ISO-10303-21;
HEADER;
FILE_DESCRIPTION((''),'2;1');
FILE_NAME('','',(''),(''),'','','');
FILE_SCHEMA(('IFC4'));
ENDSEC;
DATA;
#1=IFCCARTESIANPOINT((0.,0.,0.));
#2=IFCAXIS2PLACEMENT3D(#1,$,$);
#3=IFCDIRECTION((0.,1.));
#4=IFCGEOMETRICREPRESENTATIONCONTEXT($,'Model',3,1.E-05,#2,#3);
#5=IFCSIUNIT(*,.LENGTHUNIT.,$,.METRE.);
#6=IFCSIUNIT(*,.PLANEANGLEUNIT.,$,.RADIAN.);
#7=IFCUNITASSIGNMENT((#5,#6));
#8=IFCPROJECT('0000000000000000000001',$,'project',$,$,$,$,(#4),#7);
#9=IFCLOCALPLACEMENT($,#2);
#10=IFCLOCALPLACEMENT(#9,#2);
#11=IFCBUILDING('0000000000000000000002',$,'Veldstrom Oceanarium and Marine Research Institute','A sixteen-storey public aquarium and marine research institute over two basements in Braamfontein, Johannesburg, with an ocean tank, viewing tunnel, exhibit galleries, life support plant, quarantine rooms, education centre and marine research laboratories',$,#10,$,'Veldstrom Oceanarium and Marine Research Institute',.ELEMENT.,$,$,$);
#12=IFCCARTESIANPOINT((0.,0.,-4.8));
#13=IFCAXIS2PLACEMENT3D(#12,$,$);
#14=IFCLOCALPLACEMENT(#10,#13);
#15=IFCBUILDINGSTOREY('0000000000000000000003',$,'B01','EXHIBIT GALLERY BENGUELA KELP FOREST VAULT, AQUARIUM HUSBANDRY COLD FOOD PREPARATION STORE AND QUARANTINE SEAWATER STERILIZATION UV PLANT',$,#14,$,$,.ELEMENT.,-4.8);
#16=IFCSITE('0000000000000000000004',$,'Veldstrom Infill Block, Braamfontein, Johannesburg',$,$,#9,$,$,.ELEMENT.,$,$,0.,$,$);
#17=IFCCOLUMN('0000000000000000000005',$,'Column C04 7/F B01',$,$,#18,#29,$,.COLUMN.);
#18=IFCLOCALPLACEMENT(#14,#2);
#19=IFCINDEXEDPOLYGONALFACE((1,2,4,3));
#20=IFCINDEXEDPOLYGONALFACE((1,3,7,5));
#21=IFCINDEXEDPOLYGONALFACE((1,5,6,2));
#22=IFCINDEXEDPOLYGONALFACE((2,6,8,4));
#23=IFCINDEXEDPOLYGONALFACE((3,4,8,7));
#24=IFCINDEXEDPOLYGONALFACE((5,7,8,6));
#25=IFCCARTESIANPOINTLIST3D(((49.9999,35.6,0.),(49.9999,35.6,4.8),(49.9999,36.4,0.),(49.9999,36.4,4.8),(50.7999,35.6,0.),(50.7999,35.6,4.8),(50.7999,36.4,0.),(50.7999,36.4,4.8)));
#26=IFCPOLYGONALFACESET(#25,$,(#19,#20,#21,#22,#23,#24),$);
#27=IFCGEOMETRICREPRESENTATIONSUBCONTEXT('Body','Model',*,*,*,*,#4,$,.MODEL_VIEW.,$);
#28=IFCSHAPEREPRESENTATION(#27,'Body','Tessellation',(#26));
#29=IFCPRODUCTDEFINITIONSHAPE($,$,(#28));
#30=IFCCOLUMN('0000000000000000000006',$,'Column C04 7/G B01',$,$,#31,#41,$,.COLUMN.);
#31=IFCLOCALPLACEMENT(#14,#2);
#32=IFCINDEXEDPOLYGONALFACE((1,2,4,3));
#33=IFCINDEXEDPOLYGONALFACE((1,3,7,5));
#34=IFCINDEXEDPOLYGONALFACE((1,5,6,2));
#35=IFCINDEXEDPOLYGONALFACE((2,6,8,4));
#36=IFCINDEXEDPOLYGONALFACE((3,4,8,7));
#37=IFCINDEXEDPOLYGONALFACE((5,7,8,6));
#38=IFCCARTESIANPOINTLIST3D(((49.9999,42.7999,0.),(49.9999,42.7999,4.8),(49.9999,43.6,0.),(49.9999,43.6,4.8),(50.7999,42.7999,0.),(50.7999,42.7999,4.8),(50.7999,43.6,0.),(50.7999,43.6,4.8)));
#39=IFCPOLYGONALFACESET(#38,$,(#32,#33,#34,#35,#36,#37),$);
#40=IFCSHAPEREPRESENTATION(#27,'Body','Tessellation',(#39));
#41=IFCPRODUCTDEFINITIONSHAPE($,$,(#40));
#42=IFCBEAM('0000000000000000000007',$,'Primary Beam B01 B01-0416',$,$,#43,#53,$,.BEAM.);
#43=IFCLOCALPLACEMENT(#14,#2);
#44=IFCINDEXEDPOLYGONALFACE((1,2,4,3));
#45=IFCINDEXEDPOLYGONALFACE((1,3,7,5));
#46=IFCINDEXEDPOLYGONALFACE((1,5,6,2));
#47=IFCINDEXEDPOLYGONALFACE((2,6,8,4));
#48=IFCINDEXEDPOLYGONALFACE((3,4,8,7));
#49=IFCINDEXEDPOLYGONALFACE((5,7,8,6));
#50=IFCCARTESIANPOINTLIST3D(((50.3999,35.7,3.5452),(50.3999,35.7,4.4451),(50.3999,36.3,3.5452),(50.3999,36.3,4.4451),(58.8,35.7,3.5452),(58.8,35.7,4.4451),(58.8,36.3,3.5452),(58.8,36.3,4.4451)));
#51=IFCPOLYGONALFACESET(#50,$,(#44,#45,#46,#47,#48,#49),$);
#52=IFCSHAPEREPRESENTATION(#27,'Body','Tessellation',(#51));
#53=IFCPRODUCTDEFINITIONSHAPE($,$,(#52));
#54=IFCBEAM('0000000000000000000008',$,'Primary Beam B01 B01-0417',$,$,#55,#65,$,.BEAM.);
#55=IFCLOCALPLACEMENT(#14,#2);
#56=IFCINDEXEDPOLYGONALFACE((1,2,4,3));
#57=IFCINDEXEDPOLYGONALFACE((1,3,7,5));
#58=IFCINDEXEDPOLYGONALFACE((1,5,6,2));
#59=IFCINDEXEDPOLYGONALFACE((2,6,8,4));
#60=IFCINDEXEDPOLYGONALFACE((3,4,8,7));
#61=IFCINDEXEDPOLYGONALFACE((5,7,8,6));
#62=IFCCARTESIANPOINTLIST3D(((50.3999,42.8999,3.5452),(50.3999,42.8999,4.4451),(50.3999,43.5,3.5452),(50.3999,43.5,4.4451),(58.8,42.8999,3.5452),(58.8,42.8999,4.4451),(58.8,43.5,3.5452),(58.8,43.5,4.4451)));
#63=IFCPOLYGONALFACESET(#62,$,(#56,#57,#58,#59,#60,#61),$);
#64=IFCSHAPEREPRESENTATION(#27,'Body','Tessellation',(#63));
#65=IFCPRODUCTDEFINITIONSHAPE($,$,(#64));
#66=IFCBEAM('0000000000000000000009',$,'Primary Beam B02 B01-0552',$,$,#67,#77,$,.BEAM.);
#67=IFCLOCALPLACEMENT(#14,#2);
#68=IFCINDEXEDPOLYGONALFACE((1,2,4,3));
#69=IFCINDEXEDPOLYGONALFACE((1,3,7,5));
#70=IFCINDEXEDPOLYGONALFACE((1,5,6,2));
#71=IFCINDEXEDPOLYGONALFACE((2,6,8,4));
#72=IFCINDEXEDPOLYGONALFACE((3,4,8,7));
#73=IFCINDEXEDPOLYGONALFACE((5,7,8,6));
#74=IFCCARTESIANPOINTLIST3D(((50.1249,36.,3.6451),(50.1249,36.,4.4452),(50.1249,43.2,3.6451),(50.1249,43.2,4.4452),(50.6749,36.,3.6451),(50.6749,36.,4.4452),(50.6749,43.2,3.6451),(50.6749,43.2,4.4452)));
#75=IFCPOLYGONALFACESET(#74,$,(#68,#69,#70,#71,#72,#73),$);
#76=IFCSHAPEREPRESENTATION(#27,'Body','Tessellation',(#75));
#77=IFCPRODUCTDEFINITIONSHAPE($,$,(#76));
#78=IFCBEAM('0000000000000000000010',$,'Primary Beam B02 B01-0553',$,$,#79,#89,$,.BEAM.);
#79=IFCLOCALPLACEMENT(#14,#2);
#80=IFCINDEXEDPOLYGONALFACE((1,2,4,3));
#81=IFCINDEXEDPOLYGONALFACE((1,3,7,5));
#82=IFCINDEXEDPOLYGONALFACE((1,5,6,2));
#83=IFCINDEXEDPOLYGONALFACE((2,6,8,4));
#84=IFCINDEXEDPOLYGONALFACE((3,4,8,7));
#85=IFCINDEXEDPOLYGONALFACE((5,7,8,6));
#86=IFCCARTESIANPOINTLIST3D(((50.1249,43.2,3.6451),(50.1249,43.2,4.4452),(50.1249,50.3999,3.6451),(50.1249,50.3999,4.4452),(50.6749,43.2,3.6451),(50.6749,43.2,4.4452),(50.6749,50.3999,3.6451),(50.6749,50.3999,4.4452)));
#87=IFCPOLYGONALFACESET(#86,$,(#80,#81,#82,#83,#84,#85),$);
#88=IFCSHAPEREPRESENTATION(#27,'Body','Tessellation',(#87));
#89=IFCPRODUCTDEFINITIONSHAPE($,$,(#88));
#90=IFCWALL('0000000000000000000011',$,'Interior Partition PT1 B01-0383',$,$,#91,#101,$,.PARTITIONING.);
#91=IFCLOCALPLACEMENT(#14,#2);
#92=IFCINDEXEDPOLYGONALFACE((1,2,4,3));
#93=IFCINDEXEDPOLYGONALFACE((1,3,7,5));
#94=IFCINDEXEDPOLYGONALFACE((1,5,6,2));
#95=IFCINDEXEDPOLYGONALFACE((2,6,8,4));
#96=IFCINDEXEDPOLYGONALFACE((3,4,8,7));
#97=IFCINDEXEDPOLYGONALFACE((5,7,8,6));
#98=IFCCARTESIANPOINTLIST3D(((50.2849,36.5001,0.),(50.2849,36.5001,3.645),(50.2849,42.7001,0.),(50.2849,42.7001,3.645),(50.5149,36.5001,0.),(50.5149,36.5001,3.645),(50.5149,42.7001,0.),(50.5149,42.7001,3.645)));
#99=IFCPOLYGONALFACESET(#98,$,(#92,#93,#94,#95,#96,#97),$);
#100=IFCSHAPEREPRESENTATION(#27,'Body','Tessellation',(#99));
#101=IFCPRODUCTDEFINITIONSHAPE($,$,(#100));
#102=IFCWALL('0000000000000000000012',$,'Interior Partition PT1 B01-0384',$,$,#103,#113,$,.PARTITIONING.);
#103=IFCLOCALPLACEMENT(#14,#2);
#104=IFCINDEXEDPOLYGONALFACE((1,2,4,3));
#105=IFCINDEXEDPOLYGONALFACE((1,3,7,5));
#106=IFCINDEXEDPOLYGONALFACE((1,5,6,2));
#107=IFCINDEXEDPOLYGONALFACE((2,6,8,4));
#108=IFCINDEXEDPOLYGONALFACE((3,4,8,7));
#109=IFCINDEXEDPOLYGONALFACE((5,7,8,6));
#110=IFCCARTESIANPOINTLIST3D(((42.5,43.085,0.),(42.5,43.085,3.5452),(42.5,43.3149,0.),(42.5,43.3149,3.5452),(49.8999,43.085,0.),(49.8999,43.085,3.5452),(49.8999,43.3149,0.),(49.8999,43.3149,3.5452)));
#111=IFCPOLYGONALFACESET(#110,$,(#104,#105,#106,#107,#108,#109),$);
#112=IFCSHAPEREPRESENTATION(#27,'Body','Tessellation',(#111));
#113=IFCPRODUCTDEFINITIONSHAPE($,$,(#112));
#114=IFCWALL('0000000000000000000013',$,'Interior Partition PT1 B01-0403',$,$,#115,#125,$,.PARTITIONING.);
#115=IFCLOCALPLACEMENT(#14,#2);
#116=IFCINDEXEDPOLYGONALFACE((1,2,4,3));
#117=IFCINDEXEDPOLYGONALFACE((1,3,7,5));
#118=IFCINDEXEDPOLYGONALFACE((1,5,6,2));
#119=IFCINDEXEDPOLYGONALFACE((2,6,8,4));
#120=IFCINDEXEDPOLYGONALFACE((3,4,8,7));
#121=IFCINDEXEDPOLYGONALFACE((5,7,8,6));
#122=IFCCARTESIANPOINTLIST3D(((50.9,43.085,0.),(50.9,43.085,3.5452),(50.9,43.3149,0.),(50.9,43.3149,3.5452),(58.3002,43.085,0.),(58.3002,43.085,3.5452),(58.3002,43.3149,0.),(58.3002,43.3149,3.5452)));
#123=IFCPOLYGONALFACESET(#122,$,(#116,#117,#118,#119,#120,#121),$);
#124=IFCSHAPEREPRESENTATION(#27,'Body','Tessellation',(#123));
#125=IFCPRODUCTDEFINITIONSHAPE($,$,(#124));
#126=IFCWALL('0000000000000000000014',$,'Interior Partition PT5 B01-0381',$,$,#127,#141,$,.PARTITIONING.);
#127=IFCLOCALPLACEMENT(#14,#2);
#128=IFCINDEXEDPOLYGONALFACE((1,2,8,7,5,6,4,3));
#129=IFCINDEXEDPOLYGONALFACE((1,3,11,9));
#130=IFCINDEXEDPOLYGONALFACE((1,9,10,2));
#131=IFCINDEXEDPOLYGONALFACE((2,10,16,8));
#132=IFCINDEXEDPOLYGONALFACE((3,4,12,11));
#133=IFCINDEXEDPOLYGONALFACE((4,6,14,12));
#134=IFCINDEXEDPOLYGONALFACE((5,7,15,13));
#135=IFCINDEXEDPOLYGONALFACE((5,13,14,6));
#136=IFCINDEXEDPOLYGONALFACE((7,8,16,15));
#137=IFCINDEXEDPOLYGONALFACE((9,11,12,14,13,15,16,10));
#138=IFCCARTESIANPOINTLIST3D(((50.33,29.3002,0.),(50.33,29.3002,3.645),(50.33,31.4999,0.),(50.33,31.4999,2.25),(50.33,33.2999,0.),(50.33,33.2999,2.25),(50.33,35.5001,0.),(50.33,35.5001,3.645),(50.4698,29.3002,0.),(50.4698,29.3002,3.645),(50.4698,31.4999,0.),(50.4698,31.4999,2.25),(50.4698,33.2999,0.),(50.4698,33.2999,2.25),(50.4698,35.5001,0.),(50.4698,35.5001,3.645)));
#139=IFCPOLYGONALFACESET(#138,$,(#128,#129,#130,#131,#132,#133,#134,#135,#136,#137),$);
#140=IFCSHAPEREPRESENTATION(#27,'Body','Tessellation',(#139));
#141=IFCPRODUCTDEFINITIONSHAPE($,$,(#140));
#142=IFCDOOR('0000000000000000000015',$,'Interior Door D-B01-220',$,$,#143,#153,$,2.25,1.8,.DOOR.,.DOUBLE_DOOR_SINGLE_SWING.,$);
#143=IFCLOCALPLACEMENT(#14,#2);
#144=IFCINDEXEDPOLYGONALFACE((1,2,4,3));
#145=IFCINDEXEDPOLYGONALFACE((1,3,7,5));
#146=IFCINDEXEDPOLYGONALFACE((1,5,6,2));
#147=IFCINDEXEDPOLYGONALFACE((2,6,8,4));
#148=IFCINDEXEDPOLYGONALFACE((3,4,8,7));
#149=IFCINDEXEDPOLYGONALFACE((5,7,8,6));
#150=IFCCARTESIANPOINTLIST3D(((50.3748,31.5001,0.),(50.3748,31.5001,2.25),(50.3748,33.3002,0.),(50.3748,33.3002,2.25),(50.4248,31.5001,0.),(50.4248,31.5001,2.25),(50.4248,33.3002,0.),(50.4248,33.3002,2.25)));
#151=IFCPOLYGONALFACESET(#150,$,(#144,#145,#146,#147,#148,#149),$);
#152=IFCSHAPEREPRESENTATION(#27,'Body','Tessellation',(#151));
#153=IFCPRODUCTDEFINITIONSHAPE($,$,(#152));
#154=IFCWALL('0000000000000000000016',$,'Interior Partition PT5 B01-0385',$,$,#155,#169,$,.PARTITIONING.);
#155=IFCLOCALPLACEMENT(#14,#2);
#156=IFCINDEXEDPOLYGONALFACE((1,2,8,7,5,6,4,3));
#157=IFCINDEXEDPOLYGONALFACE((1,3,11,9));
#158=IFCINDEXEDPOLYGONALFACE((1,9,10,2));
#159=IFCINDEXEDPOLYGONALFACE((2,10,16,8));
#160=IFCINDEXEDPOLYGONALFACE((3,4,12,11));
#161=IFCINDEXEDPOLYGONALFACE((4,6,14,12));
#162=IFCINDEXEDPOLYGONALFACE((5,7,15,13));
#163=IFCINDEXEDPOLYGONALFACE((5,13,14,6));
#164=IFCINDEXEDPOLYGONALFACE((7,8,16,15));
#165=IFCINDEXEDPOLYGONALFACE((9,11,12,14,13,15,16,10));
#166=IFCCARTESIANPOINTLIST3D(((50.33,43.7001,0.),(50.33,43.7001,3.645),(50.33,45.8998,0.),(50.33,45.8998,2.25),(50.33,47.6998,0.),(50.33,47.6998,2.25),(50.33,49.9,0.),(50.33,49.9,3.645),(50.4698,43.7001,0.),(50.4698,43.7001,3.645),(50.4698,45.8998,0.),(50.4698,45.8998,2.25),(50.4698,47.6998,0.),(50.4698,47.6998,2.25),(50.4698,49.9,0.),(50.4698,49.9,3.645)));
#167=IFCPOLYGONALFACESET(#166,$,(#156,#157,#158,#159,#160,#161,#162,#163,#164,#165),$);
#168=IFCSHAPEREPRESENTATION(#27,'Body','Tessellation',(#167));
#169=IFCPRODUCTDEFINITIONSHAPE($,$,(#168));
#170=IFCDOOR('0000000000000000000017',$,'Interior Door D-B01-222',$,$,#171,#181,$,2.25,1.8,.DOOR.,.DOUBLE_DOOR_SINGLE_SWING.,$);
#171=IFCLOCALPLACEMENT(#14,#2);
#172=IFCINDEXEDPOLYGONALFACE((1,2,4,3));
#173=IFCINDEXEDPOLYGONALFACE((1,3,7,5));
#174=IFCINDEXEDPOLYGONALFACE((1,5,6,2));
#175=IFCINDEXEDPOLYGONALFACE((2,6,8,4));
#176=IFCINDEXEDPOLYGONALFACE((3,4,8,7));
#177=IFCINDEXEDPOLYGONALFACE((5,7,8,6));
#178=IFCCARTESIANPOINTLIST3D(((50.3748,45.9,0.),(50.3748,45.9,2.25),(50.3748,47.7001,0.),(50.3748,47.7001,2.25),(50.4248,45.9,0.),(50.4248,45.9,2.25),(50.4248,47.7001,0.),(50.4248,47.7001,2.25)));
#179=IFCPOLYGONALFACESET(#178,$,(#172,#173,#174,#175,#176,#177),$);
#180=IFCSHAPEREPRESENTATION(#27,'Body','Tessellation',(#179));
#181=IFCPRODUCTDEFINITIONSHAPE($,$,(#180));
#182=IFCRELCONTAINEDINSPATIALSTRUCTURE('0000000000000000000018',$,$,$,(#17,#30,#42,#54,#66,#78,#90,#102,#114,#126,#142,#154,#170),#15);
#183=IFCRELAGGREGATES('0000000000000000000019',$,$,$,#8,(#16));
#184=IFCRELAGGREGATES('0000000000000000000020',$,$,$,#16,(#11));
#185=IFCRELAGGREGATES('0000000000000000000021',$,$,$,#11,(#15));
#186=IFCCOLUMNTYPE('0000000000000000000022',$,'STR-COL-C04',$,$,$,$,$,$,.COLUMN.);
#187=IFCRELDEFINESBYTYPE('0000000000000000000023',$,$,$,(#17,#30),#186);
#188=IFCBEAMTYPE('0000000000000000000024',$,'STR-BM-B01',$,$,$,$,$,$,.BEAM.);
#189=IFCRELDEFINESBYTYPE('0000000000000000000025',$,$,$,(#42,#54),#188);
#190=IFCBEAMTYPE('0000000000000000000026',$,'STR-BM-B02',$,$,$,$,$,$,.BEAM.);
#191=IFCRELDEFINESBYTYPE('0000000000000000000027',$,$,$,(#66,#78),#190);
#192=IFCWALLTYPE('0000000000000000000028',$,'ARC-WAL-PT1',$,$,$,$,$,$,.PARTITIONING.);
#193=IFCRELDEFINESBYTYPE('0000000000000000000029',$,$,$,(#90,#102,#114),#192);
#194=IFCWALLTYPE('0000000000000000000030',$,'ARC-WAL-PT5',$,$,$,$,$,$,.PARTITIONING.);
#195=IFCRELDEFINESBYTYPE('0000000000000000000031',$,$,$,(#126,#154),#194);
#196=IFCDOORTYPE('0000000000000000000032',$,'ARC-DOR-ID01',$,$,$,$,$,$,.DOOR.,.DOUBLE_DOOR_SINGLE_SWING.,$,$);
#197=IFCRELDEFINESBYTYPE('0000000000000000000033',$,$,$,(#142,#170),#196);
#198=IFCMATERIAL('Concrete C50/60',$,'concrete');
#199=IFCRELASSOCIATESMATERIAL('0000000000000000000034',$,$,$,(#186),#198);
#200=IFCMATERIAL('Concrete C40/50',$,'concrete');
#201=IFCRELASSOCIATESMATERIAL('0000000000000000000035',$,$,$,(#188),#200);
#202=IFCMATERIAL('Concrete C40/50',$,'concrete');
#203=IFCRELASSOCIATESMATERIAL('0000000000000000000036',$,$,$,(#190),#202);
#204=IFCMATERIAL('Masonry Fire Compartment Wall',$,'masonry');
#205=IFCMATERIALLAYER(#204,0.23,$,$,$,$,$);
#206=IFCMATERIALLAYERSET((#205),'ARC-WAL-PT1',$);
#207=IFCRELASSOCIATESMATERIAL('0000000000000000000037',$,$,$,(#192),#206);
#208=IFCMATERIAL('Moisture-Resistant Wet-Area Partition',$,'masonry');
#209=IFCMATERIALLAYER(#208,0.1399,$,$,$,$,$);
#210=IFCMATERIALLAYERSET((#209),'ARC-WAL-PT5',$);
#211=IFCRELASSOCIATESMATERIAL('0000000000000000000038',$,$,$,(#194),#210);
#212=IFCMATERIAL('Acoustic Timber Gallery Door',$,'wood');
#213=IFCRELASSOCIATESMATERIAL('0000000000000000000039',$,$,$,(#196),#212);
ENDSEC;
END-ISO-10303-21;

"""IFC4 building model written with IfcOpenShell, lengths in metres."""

from ifc_helpers import new_model, si_unit, direction, frame, frame_2d, origin, origin_2d, place, context, subcontext, project, spatial, rectangle, extrude, material, layer, layer_set, material_profile, profile_set, type_object, element, fill, save


model = new_model("IFC4")

# Units and contexts
model_context = context("Model", 3, precision=1e-05, world=origin(), true_north=direction((0.0, 1.0)))
body_context = subcontext(model_context, "Body", "Model", "MODEL_VIEW")
ifc_project = project(units=[si_unit("LENGTHUNIT", "METRE"), si_unit("PLANEANGLEUNIT", "RADIAN")], contexts=[model_context])

# Site, building, storey
site_placement = place(None, origin())
site = spatial("IfcSite", under=ifc_project, at=site_placement, Name="Veldstrom Infill Block, Braamfontein, Johannesburg", CompositionType="ELEMENT", RefElevation=0.0)
building_placement = place(site_placement, origin())
building = spatial("IfcBuilding", under=site, at=building_placement, Name="Veldstrom Oceanarium and Marine Research Institute", Description="A sixteen-storey public aquarium and marine research institute over two basements in Braamfontein, Johannesburg, with an ocean tank, viewing tunnel, exhibit galleries, life support plant, quarantine rooms, education centre and marine research laboratories", LongName="Veldstrom Oceanarium and Marine Research Institute", CompositionType="ELEMENT")
storey_placement = place(building_placement, frame((0.0, 0.0, -4.8)))
storey = spatial("IfcBuildingStorey", under=building, at=storey_placement, Name="B01", Description="EXHIBIT GALLERY BENGUELA KELP FOREST VAULT, AQUARIUM HUSBANDRY COLD FOOD PREPARATION STORE AND QUARANTINE SEAWATER STERILIZATION UV PLANT", CompositionType="ELEMENT", Elevation=-4.8)

# Columns
ifc_material_1 = material(Name="Concrete C50/60", Category="concrete")
ifc_material_profile_1 = material_profile(ifc_material_1, rectangle(XDim=0.8, YDim=0.8, at=origin_2d()), Name="RC-COL-800x800")
ifc_profile_set_1 = profile_set([ifc_material_profile_1], Name="Concrete C50/60")
column_type = type_object("IfcColumnType", Name="STR-COL-C04", PredefinedType="COLUMN", material=ifc_profile_set_1)
for number, where, z_axis, x_axis, name in (
    (1, (50.3999, 36.0, 0.0), (0.0, 0.0, 1.0), (1.0, 0.0, 0.0), "Column C04 7/F B01"),
    (2, (50.3999, 43.2, 0.0), (0.0, 0.0, 1.0), (1.0, 0.0, 0.0), "Column C04 7/G B01"),
):
    element("IfcColumn", number, at=place(storey_placement, frame(where, z_axis=z_axis, x_axis=x_axis)), inside=storey, type_object=column_type, Name=name, PredefinedType="COLUMN", context=body_context, shape_type="SweptSolid", body=[
        extrude(rectangle(XDim=0.8, YDim=0.8, at=origin_2d()), origin(), (0.0, 0.0, 1.0), 4.8),
    ])

# Beams
ifc_material_2 = material(Name="Concrete C40/50", Category="concrete")
ifc_material_profile_2 = material_profile(ifc_material_2, rectangle(XDim=0.6001, YDim=0.8999, at=origin_2d()), Name="RC-BM-600x900")
ifc_profile_set_2 = profile_set([ifc_material_profile_2], Name="Concrete C40/50")
beam_type_1 = type_object("IfcBeamType", Name="STR-BM-B01", PredefinedType="BEAM", material=ifc_profile_set_2)
for number, where, z_axis, x_axis, name in (
    (3, (50.3999, 36.0, 3.9951), (1.0, 0.0, 0.0), (0.0, 1.0, 0.0), "Primary Beam B01 B01-0416"),
    (4, (50.3999, 43.2, 3.9951), (1.0, 0.0, 0.0), (0.0, 1.0, 0.0), "Primary Beam B01 B01-0417"),
):
    element("IfcBeam", number, at=place(storey_placement, frame(where, z_axis=z_axis, x_axis=x_axis)), inside=storey, type_object=beam_type_1, Name=name, PredefinedType="BEAM", context=body_context, shape_type="SweptSolid", body=[
        extrude(rectangle(XDim=0.6001, YDim=0.8999, at=origin_2d()), origin(), (0.0, 0.0, 1.0), 8.4001),
    ])
ifc_material_3 = material(Name="Concrete C40/50", Category="concrete")
ifc_material_profile_3 = material_profile(ifc_material_3, rectangle(XDim=0.55, YDim=0.8, at=origin_2d()), Name="RC-BM-550x800")
ifc_profile_set_3 = profile_set([ifc_material_profile_3], Name="Concrete C40/50")
beam_type_2 = type_object("IfcBeamType", Name="STR-BM-B02", PredefinedType="BEAM", material=ifc_profile_set_3)
for number, where, z_axis, x_axis, name in (
    (5, (50.3999, 36.0, 4.0452), (0.0, 1.0, 0.0), (-1.0, 0.0, 0.0), "Primary Beam B02 B01-0552"),
    (6, (50.3999, 43.2, 4.0452), (0.0, 1.0, 0.0), (-1.0, 0.0, 0.0), "Primary Beam B02 B01-0553"),
):
    element("IfcBeam", number, at=place(storey_placement, frame(where, z_axis=z_axis, x_axis=x_axis)), inside=storey, type_object=beam_type_2, Name=name, PredefinedType="BEAM", context=body_context, shape_type="SweptSolid", body=[
        extrude(rectangle(XDim=0.55, YDim=0.8, at=origin_2d()), origin(), (0.0, 0.0, 1.0), 7.2),
    ])

# Shared definitions
ifc_material_4 = material(Name="Masonry Fire Compartment Wall", Category="masonry")
ifc_layer_1 = layer(ifc_material_4, 0.23)
ifc_layer_set_1 = layer_set([ifc_layer_1], Name="ARC-WAL-PT1")
wall_type_1 = type_object("IfcWallType", Name="ARC-WAL-PT1", PredefinedType="PARTITIONING", material=ifc_layer_set_1)

# Walls
wall_1_placement = place(storey_placement, frame((50.3999, 36.5, 0.0), z_axis=(0.0, 0.0, 1.0), x_axis=(0.0, 1.0, 0.0)))
element("IfcWall", 7, at=wall_1_placement, inside=storey, type_object=wall_type_1, Name="Interior Partition PT1 B01-0383", PredefinedType="PARTITIONING", context=body_context, shape_type="SweptSolid", body=[
    extrude(rectangle(XDim=6.2, YDim=0.23, at=frame_2d((3.1001, 0.0))), origin(), (0.0, 0.0, 1.0), 3.645),
])
wall_2_placement = place(storey_placement, frame((42.5, 43.2, 0.0), z_axis=(0.0, 0.0, 1.0), x_axis=(1.0, 0.0, 0.0)))
element("IfcWall", 8, at=wall_2_placement, inside=storey, type_object=wall_type_1, Name="Interior Partition PT1 B01-0384", PredefinedType="PARTITIONING", context=body_context, shape_type="SweptSolid", body=[
    extrude(rectangle(XDim=7.3999, YDim=0.23, at=frame_2d((3.7, 0.0))), origin(), (0.0, 0.0, 1.0), 3.5452),
])

# Wall
wall_3_placement = place(storey_placement, frame((50.8999, 43.2, 0.0), z_axis=(0.0, 0.0, 1.0), x_axis=(1.0, 0.0, 0.0)))
element("IfcWall", 9, at=wall_3_placement, inside=storey, type_object=wall_type_1, Name="Interior Partition PT1 B01-0403", PredefinedType="PARTITIONING", context=body_context, shape_type="SweptSolid", body=[
    extrude(rectangle(XDim=7.4001, YDim=0.23, at=frame_2d((3.7002, 0.0))), origin(), (0.0, 0.0, 1.0), 3.5452),
])

# Walls, openings, doors
ifc_material_5 = material(Name="Moisture-Resistant Wet-Area Partition", Category="masonry")
ifc_layer_2 = layer(ifc_material_5, 0.1399)
ifc_layer_set_2 = layer_set([ifc_layer_2], Name="ARC-WAL-PT5")
wall_type_2 = type_object("IfcWallType", Name="ARC-WAL-PT5", PredefinedType="PARTITIONING", material=ifc_layer_set_2)
wall_4_placement = place(storey_placement, frame((50.3999, 29.3, 0.0), z_axis=(0.0, 0.0, 1.0), x_axis=(0.0, 1.0, 0.0)))
wall_4 = element("IfcWall", 10, at=wall_4_placement, inside=storey, type_object=wall_type_2, Name="Interior Partition PT5 B01-0381", PredefinedType="PARTITIONING", context=body_context, shape_type="SweptSolid", body=[
    extrude(rectangle(XDim=6.2, YDim=0.1399, at=frame_2d((3.1001, 0.0))), origin(), (0.0, 0.0, 1.0), 3.645),
])
opening_1_placement = place(wall_4_placement, frame((2.2, 0.0, 0.0)))
opening_1 = element("IfcOpeningElement", 11, at=opening_1_placement, cuts=wall_4, PredefinedType="OPENING", context=body_context, shape_type="SweptSolid", body=[
    extrude(rectangle(XDim=1.8, YDim=2.25, at=frame_2d((0.8999, 1.125))), frame((0.0, 0.0798, 0.0), z_axis=(0.0, -1.0, 0.0), x_axis=(1.0, 0.0, 0.0)), (0.0, 0.0, 1.0), 0.1599),
])
ifc_material_6 = material(Name="Acoustic Timber Gallery Door", Category="wood")
door_type_1 = type_object("IfcDoorType", Name="ARC-DOR-ID01", OperationType="DOUBLE_DOOR_SINGLE_SWING", PredefinedType="DOOR", material=ifc_material_6)
door_1_placement = place(opening_1_placement, frame((1.8, 0.0, 0.0), z_axis=(0.0, 0.0, 1.0), x_axis=(-1.0, 0.0, 0.0)))
door_1 = element("IfcDoor", 12, at=door_1_placement, inside=storey, type_object=door_type_1, Name="Interior Door D-B01-220", OperationType="DOUBLE_DOOR_SINGLE_SWING", OverallHeight=2.25, OverallWidth=1.8, PredefinedType="DOOR", context=body_context, shape_type="SweptSolid", body=[
    extrude(rectangle(XDim=1.8, YDim=2.25, at=frame_2d((0.8999, 1.125))), frame((0.0, 0.0249, 0.0), z_axis=(0.0, -1.0, 0.0), x_axis=(1.0, 0.0, 0.0)), (0.0, 0.0, 1.0), 0.05),
])
fill(opening_1, door_1)
wall_5_placement = place(storey_placement, frame((50.3999, 43.7, 0.0), z_axis=(0.0, 0.0, 1.0), x_axis=(0.0, 1.0, 0.0)))
wall_5 = element("IfcWall", 13, at=wall_5_placement, inside=storey, type_object=wall_type_2, Name="Interior Partition PT5 B01-0385", PredefinedType="PARTITIONING", context=body_context, shape_type="SweptSolid", body=[
    extrude(rectangle(XDim=6.2, YDim=0.1399, at=frame_2d((3.1001, 0.0))), origin(), (0.0, 0.0, 1.0), 3.645),
])
opening_2_placement = place(wall_5_placement, frame((2.2, 0.0, 0.0)))
opening_2 = element("IfcOpeningElement", 14, at=opening_2_placement, cuts=wall_5, PredefinedType="OPENING", context=body_context, shape_type="SweptSolid", body=[
    extrude(rectangle(XDim=1.8, YDim=2.25, at=frame_2d((0.8999, 1.125))), frame((0.0, 0.0798, 0.0), z_axis=(0.0, -1.0, 0.0), x_axis=(1.0, 0.0, 0.0)), (0.0, 0.0, 1.0), 0.1599),
])
door_2_placement = place(opening_2_placement, frame((1.8, 0.0, 0.0), z_axis=(0.0, 0.0, 1.0), x_axis=(-1.0, 0.0, 0.0)))
door_2 = element("IfcDoor", 15, at=door_2_placement, inside=storey, type_object=door_type_1, Name="Interior Door D-B01-222", OperationType="DOUBLE_DOOR_SINGLE_SWING", OverallHeight=2.25, OverallWidth=1.8, PredefinedType="DOOR", context=body_context, shape_type="SweptSolid", body=[
    extrude(rectangle(XDim=1.8, YDim=2.25, at=frame_2d((0.8999, 1.125))), frame((0.0, 0.0249, 0.0), z_axis=(0.0, -1.0, 0.0), x_axis=(1.0, 0.0, 0.0)), (0.0, 0.0, 1.0), 0.05),
])
fill(opening_2, door_2)

save(model, "model.ifc")
